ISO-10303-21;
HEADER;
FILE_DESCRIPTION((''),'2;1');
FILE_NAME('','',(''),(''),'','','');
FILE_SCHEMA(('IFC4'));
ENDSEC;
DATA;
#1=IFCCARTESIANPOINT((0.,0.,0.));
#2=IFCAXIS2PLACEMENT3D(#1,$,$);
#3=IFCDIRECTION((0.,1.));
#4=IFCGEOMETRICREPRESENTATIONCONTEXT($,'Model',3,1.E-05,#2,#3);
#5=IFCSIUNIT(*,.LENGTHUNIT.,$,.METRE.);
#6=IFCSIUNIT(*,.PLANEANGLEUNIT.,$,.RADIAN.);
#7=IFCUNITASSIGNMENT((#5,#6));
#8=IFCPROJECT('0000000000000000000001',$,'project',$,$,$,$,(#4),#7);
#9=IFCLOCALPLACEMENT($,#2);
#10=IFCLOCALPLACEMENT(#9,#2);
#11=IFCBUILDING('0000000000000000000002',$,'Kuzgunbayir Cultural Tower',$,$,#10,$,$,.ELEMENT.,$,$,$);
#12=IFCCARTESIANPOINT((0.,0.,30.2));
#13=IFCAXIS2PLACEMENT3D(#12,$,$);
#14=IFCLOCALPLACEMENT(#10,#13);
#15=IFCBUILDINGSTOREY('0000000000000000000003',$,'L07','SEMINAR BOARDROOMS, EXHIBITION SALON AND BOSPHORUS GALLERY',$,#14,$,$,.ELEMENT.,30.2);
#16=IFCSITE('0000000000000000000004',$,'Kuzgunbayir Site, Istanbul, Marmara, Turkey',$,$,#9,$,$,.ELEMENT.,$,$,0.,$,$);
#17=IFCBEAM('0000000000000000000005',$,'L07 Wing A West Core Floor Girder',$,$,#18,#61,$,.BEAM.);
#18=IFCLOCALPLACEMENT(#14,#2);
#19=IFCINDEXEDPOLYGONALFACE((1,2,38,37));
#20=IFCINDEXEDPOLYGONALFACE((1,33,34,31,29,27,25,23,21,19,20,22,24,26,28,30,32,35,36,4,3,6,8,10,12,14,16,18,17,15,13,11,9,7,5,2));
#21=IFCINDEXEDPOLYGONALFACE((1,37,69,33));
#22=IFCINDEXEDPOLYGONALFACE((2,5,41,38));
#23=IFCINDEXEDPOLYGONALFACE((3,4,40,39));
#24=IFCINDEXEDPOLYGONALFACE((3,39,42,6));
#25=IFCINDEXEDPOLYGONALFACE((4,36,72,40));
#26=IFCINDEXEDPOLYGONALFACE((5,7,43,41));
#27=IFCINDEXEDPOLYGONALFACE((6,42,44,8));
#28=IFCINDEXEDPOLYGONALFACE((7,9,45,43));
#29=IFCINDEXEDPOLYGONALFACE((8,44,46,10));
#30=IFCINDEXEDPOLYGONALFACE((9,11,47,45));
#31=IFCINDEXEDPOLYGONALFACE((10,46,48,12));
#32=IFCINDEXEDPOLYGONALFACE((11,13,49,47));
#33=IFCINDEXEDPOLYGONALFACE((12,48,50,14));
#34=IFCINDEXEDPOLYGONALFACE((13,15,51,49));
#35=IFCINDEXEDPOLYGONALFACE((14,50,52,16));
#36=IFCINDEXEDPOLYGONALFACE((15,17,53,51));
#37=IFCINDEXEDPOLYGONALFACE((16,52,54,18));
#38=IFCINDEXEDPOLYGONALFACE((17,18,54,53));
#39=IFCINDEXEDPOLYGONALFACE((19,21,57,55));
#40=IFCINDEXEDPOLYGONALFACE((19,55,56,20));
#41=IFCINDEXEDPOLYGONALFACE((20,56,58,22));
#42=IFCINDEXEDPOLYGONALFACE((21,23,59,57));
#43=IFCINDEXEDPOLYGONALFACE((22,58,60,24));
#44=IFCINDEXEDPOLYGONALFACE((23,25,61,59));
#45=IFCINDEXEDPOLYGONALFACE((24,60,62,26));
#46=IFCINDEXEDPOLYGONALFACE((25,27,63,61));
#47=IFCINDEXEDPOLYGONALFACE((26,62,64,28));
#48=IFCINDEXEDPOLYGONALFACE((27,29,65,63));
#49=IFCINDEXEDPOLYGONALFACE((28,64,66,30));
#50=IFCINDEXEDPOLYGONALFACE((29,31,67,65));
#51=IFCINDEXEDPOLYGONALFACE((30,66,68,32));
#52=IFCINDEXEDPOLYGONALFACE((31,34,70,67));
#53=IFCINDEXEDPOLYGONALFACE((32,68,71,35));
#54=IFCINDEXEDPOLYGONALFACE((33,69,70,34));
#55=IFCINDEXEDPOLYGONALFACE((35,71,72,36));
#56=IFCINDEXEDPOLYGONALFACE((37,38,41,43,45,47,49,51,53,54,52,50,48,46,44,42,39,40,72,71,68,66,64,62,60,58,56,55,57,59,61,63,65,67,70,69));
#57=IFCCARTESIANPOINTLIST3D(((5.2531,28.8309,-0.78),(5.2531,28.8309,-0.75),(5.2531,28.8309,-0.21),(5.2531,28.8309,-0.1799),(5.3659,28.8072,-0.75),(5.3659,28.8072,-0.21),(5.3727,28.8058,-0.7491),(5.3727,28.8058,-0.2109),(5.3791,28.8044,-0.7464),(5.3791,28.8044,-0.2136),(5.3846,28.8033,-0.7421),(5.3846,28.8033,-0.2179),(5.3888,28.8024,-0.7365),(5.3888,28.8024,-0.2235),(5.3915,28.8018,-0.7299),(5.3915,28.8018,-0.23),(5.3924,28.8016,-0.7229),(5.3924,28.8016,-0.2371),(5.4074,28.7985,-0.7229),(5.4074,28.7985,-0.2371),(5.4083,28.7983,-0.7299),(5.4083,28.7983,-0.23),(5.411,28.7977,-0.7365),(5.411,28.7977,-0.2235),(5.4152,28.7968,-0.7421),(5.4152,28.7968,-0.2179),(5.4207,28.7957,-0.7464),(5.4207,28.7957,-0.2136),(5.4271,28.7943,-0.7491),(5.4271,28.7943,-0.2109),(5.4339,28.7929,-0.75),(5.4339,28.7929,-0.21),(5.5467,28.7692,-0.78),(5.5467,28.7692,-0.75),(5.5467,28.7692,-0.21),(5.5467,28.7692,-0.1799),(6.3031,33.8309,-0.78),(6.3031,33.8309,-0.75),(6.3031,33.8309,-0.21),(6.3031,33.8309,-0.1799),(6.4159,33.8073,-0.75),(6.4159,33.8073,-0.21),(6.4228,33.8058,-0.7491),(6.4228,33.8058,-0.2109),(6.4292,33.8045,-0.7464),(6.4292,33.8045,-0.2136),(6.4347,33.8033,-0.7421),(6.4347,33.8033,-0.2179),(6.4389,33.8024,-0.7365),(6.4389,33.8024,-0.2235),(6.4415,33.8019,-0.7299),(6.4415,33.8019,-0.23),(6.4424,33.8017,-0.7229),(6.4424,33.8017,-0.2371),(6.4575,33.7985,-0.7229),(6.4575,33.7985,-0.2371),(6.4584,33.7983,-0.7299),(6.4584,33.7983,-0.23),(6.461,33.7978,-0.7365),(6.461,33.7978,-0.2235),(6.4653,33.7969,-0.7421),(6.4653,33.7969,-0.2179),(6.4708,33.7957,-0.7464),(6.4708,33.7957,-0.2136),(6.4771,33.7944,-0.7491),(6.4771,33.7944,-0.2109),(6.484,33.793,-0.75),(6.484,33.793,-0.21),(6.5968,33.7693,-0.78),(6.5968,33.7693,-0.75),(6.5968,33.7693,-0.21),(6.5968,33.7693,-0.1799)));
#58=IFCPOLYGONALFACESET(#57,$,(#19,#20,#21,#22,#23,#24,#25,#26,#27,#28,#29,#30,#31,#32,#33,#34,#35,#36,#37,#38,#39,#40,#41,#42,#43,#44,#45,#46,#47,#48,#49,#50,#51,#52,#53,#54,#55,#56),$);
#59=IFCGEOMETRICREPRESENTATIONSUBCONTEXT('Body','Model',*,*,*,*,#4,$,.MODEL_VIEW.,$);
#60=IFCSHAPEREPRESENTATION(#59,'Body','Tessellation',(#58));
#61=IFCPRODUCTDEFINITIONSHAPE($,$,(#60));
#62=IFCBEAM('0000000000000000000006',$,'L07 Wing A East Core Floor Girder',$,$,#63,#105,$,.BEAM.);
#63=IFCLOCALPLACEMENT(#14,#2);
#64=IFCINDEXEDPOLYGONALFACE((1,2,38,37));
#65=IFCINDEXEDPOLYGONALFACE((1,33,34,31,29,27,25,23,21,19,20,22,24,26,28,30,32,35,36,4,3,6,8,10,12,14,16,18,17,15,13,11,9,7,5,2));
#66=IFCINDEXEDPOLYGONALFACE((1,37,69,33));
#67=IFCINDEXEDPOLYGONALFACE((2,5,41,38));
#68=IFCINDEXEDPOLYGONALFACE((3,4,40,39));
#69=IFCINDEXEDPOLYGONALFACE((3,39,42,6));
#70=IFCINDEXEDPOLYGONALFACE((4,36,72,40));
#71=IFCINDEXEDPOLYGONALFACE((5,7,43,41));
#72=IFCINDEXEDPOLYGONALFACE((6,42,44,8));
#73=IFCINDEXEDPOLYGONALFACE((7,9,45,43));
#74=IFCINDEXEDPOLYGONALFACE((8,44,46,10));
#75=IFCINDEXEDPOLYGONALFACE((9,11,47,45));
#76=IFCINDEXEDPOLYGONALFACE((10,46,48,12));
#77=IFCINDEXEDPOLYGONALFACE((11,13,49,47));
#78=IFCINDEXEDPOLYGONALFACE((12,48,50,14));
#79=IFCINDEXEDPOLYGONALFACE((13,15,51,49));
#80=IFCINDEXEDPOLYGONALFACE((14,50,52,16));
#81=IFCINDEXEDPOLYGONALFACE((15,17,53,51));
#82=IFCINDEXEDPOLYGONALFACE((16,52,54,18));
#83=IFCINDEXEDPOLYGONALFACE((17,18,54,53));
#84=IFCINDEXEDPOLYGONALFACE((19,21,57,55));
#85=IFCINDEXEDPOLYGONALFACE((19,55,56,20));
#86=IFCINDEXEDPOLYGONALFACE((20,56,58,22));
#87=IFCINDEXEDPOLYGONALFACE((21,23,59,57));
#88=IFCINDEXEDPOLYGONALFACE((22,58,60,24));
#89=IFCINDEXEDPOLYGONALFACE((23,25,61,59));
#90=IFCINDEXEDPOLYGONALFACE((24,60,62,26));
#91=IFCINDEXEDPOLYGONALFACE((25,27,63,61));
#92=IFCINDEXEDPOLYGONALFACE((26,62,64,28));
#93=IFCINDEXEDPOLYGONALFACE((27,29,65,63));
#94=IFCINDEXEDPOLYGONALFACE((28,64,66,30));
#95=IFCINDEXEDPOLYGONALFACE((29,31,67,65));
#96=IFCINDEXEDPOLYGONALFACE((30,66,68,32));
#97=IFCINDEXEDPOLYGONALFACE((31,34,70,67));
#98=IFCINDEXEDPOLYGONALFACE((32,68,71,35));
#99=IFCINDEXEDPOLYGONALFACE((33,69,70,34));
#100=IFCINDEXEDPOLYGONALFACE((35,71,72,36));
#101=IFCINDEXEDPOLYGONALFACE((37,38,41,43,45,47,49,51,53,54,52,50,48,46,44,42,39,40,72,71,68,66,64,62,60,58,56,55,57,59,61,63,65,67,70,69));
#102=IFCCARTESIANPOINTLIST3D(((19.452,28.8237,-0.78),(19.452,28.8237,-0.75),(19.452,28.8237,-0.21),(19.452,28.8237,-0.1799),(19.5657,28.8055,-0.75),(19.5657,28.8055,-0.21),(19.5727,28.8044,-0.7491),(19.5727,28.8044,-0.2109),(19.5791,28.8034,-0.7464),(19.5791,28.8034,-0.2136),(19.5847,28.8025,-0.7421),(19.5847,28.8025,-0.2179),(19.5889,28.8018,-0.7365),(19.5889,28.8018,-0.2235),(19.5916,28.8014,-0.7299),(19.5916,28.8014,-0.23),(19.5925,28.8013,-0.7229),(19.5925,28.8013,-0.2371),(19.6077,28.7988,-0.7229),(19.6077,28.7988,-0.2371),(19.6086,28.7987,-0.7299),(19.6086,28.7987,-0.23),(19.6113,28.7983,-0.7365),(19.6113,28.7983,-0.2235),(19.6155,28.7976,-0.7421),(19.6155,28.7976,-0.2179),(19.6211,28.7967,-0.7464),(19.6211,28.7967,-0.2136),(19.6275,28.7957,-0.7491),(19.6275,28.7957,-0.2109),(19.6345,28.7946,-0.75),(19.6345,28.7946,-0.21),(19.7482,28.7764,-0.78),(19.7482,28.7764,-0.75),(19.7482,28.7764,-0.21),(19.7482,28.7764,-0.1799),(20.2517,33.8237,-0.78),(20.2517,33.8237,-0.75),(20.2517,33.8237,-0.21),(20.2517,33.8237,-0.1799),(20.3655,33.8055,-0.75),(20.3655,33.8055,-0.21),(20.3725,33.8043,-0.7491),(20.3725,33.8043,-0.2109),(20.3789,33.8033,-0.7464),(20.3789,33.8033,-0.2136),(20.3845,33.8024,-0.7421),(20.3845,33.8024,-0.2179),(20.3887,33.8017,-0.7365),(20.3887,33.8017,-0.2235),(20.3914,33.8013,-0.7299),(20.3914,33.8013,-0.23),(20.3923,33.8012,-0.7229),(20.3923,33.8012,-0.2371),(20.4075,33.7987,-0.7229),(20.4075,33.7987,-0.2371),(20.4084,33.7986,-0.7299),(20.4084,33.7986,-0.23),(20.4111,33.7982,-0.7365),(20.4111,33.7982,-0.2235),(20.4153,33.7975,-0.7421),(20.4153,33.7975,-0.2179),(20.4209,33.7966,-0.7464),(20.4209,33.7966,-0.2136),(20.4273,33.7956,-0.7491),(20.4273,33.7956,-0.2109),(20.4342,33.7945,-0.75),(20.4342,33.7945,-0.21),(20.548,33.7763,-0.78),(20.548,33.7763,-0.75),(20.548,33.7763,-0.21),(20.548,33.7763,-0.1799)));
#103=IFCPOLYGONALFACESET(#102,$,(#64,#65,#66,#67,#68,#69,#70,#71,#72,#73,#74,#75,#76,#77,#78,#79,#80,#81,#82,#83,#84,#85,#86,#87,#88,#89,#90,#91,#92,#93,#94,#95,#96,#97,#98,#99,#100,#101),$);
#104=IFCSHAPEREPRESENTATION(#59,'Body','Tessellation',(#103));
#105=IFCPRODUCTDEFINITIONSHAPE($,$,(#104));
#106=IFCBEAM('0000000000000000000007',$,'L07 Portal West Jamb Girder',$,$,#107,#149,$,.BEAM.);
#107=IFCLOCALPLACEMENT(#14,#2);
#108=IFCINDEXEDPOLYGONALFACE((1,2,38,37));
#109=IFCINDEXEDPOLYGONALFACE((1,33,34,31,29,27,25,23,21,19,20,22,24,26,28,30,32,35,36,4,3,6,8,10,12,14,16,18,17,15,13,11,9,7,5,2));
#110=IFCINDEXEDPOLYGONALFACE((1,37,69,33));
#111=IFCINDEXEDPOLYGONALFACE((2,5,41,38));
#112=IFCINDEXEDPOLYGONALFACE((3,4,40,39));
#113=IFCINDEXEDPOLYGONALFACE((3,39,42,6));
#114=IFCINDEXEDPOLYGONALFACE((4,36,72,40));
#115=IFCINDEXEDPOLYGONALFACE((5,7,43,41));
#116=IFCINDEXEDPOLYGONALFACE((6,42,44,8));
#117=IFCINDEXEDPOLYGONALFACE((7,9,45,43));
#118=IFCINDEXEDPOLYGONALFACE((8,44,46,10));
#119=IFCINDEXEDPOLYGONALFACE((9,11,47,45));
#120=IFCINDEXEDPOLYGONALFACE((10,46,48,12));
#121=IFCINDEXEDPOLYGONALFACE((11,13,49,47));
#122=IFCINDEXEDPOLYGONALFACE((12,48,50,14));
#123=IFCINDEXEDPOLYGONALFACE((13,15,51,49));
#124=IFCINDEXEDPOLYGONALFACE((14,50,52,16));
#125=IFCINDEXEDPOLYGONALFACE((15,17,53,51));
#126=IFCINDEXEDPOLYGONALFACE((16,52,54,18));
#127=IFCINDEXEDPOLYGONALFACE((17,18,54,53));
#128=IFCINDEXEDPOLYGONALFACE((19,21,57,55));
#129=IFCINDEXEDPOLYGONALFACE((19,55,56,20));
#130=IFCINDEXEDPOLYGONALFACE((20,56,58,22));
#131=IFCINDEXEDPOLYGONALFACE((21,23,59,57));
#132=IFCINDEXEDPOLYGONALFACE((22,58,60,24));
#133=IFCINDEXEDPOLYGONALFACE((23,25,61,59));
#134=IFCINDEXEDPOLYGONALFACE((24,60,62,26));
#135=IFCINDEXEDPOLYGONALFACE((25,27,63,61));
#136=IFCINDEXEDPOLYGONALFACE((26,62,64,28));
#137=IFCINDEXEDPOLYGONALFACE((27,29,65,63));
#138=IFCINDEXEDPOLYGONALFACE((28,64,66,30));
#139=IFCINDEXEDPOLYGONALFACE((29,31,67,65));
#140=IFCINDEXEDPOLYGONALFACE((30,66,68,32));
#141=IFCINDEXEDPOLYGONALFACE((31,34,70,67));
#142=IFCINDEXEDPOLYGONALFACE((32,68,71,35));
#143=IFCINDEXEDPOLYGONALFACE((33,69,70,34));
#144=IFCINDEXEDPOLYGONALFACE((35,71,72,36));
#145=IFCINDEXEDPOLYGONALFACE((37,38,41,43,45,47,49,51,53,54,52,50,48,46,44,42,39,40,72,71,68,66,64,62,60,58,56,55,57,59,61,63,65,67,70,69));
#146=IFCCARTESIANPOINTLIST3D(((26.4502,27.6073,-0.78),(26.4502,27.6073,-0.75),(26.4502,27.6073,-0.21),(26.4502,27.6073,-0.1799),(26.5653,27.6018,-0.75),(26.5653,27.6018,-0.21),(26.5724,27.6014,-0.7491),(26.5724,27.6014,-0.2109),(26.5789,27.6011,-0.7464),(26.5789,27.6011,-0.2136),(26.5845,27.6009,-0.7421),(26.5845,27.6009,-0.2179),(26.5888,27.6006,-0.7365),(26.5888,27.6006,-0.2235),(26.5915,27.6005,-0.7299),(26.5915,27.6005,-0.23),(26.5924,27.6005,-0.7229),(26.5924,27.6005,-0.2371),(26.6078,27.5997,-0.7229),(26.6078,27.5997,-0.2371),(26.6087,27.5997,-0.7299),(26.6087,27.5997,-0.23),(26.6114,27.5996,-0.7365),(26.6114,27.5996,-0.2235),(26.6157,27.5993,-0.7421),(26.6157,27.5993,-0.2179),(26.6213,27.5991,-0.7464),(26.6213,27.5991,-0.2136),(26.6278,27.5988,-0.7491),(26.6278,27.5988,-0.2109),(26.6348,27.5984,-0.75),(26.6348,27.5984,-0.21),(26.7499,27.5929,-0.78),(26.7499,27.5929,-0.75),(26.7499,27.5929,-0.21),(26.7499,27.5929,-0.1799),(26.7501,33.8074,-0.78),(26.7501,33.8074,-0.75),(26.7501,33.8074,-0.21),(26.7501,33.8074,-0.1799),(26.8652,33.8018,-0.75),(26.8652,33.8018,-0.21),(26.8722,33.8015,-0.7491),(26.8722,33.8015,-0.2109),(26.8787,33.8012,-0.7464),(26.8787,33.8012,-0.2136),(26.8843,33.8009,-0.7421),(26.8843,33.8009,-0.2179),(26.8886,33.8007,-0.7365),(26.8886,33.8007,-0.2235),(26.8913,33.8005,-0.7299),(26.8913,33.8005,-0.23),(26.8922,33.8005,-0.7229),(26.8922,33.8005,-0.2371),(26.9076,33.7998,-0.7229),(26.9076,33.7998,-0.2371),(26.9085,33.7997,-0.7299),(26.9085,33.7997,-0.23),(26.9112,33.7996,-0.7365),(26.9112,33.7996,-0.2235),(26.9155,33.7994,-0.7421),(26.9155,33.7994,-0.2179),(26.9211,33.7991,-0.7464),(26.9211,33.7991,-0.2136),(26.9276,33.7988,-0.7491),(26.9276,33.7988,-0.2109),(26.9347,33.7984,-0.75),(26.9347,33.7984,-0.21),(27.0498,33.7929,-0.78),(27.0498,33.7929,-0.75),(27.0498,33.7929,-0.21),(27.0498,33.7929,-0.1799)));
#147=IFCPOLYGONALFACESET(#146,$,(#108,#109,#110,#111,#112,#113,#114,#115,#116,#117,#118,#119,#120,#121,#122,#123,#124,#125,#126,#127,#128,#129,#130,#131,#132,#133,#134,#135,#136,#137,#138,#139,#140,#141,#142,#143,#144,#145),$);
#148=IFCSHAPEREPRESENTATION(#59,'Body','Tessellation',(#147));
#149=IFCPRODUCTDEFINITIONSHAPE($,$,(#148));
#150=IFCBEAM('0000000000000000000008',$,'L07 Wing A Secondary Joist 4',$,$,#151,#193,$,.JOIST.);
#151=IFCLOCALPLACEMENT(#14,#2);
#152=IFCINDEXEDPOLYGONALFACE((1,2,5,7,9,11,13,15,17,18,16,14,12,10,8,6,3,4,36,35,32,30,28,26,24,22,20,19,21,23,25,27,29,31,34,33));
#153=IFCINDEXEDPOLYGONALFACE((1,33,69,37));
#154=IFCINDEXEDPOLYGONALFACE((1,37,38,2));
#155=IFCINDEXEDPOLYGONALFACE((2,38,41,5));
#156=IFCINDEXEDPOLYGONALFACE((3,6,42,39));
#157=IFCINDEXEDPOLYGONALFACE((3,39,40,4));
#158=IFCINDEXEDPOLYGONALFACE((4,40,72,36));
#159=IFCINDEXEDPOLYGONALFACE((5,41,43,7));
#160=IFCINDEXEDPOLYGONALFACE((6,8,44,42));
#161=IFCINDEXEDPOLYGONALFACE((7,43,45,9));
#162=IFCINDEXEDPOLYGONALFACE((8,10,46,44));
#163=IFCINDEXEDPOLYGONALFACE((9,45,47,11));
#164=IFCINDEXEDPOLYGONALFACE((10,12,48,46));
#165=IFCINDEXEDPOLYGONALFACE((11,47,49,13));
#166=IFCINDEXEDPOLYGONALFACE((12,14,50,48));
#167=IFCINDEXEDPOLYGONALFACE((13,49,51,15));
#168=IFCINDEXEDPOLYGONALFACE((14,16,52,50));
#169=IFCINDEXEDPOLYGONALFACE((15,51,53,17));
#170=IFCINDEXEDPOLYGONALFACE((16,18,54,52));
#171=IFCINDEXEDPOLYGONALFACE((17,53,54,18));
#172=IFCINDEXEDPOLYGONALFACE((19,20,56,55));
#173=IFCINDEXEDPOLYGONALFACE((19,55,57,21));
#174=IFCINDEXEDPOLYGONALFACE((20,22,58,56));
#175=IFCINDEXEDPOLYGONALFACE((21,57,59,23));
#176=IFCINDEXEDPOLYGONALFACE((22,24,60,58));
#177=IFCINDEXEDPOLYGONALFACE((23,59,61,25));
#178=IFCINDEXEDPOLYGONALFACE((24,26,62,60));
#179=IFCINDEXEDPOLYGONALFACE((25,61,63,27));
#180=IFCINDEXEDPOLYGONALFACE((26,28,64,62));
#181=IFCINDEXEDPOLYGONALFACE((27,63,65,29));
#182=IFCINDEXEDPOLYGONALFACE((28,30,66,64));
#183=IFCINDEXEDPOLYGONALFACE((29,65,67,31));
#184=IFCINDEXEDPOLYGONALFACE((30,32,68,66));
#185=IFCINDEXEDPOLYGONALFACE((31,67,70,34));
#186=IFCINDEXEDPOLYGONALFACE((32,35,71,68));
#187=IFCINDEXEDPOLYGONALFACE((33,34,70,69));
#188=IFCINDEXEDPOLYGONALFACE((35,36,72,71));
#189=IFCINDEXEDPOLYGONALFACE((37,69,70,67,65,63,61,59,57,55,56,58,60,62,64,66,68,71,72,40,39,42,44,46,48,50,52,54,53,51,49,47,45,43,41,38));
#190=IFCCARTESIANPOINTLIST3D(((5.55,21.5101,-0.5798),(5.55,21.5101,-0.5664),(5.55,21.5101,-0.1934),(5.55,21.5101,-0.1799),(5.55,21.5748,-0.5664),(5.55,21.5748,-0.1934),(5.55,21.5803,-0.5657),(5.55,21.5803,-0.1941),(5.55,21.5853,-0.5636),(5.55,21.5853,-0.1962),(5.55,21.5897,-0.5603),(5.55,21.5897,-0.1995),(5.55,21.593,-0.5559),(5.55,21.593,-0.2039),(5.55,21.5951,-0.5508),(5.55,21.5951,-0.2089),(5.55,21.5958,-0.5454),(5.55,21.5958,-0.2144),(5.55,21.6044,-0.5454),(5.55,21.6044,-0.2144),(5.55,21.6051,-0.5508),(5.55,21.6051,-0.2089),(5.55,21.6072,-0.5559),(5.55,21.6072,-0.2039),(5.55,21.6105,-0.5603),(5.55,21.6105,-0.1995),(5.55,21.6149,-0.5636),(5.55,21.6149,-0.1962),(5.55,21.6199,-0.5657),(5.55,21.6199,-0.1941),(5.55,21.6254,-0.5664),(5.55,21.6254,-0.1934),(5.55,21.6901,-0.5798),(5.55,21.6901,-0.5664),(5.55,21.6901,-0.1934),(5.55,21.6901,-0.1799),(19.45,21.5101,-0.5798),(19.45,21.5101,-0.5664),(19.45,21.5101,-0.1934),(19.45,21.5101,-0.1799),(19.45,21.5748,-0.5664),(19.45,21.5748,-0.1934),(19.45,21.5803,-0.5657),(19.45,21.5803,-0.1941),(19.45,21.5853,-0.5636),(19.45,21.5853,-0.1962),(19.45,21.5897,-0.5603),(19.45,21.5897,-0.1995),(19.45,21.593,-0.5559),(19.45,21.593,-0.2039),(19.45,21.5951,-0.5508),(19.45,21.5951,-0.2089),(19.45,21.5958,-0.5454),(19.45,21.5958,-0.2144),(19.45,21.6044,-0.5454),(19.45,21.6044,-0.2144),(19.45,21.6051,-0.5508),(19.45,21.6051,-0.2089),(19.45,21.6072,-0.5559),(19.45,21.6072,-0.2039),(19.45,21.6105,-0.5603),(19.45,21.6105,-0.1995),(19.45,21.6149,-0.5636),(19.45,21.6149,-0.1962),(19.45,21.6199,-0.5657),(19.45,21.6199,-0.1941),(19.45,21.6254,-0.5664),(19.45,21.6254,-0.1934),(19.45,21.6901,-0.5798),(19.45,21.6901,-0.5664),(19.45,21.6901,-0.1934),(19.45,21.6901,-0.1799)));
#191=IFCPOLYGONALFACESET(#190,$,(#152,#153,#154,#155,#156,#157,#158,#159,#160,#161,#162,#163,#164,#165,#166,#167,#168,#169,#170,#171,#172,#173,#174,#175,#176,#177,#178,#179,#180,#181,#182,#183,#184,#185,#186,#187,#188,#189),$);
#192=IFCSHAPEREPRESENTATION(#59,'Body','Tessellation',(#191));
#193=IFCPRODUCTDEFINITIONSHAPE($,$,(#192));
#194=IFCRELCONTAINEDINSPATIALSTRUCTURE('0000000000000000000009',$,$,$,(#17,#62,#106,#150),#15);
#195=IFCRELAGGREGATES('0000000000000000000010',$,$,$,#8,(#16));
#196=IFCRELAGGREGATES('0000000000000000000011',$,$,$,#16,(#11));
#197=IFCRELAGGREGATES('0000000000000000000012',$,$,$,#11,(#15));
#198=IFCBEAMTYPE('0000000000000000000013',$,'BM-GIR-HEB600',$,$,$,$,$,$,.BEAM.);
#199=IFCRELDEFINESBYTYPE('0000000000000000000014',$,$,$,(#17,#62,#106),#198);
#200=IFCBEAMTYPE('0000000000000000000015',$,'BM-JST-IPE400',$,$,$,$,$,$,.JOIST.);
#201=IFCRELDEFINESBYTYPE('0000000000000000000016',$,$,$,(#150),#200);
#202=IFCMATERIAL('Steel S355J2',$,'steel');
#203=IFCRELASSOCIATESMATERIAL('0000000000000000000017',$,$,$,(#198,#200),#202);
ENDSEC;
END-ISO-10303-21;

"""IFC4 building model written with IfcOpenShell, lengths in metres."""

from ifc_helpers import new_model, si_unit, direction, frame, origin, origin_2d, place, context, subcontext, project, spatial, i_section, extrude, material, material_profile, profile_set, type_object, element, save


model = new_model("IFC4")

# Units and contexts
model_context = context("Model", 3, precision=1e-05, world=origin(), true_north=direction((0.0, 1.0)))
body_context = subcontext(model_context, "Body", "Model", "MODEL_VIEW")
ifc_project = project(units=[si_unit("LENGTHUNIT", "METRE"), si_unit("PLANEANGLEUNIT", "RADIAN")], contexts=[model_context])

# Site, building, storey
site_placement = place(None, origin())
site = spatial("IfcSite", under=ifc_project, at=site_placement, Name="Kuzgunbayir Site, Istanbul, Marmara, Turkey", CompositionType="ELEMENT", RefElevation=0.0)
building_placement = place(site_placement, origin())
building = spatial("IfcBuilding", under=site, at=building_placement, Name="Kuzgunbayir Cultural Tower", CompositionType="ELEMENT")
storey_placement = place(building_placement, frame((0.0, 0.0, 30.2)))
storey = spatial("IfcBuildingStorey", under=building, at=storey_placement, Name="L07", Description="SEMINAR BOARDROOMS, EXHIBITION SALON AND BOSPHORUS GALLERY", CompositionType="ELEMENT", Elevation=30.2)

# Beams
ifc_material_1 = material(Name="Steel S355J2", Category="steel")
ifc_material_profile_1 = material_profile(ifc_material_1, i_section(OverallWidth=0.3, OverallDepth=0.6001, WebThickness=0.0154, FlangeThickness=0.03, FilletRadius=0.0271, at=origin_2d()), Name="HEB 600")
ifc_profile_set_1 = profile_set([ifc_material_profile_1], Name="Steel S355J2")
beam_type_1 = type_object("IfcBeamType", Name="BM-GIR-HEB600", PredefinedType="BEAM", material=ifc_profile_set_1)
beam_1_placement = place(storey_placement, frame((5.3999, 28.8, -0.48), z_axis=(0.205526, 0.978652, 0.0), x_axis=(-0.978652, 0.205526, 0.0)))
element("IfcBeam", 1, at=beam_1_placement, inside=storey, type_object=beam_type_1, Name="L07 Wing A West Core Floor Girder", PredefinedType="BEAM", context=body_context, shape_type="SweptSolid", body=[
    extrude(i_section(OverallWidth=0.3, OverallDepth=0.6001, WebThickness=0.0154, FlangeThickness=0.03, FilletRadius=0.0271, at=origin_2d()), origin(), (0.0, 0.0, 1.0), 5.1091),
])
beam_2_placement = place(storey_placement, frame((19.6001, 28.8, -0.48), z_axis=(0.157953, 0.987447, 0.0), x_axis=(-0.987447, 0.157953, 0.0)))
element("IfcBeam", 2, at=beam_2_placement, inside=storey, type_object=beam_type_1, Name="L07 Wing A East Core Floor Girder", PredefinedType="BEAM", context=body_context, shape_type="SweptSolid", body=[
    extrude(i_section(OverallWidth=0.3, OverallDepth=0.6001, WebThickness=0.0154, FlangeThickness=0.03, FilletRadius=0.0271, at=origin_2d()), origin(), (0.0, 0.0, 1.0), 5.0635),
])
beam_3_placement = place(storey_placement, frame((26.6001, 27.6001, -0.48), z_axis=(0.0483, 0.998833, 0.0), x_axis=(-0.998833, 0.0483, 0.0)))
element("IfcBeam", 3, at=beam_3_placement, inside=storey, type_object=beam_type_1, Name="L07 Portal West Jamb Girder", PredefinedType="BEAM", context=body_context, shape_type="SweptSolid", body=[
    extrude(i_section(OverallWidth=0.3, OverallDepth=0.6001, WebThickness=0.0154, FlangeThickness=0.03, FilletRadius=0.0271, at=origin_2d()), origin(), (0.0, 0.0, 1.0), 6.2073),
])
ifc_material_profile_2 = material_profile(ifc_material_1, i_section(OverallWidth=0.1799, OverallDepth=0.3999, WebThickness=0.0085, FlangeThickness=0.0134, FilletRadius=0.021, at=origin_2d()), Name="IPE 400")
ifc_profile_set_2 = profile_set([ifc_material_profile_2], Name="Steel S355J2")
beam_type_2 = type_object("IfcBeamType", Name="BM-JST-IPE400", PredefinedType="JOIST", material=ifc_profile_set_2)
beam_4_placement = place(storey_placement, frame((5.55, 21.6001, -0.3799), z_axis=(1.0, 0.0, 0.0), x_axis=(0.0, 1.0, 0.0)))
element("IfcBeam", 4, at=beam_4_placement, inside=storey, type_object=beam_type_2, Name="L07 Wing A Secondary Joist 4", PredefinedType="JOIST", context=body_context, shape_type="SweptSolid", body=[
    extrude(i_section(OverallWidth=0.1799, OverallDepth=0.3999, WebThickness=0.0085, FlangeThickness=0.0134, FilletRadius=0.021, at=origin_2d()), origin(), (0.0, 0.0, 1.0), 13.8999),
])

save(model, "model.ifc")
